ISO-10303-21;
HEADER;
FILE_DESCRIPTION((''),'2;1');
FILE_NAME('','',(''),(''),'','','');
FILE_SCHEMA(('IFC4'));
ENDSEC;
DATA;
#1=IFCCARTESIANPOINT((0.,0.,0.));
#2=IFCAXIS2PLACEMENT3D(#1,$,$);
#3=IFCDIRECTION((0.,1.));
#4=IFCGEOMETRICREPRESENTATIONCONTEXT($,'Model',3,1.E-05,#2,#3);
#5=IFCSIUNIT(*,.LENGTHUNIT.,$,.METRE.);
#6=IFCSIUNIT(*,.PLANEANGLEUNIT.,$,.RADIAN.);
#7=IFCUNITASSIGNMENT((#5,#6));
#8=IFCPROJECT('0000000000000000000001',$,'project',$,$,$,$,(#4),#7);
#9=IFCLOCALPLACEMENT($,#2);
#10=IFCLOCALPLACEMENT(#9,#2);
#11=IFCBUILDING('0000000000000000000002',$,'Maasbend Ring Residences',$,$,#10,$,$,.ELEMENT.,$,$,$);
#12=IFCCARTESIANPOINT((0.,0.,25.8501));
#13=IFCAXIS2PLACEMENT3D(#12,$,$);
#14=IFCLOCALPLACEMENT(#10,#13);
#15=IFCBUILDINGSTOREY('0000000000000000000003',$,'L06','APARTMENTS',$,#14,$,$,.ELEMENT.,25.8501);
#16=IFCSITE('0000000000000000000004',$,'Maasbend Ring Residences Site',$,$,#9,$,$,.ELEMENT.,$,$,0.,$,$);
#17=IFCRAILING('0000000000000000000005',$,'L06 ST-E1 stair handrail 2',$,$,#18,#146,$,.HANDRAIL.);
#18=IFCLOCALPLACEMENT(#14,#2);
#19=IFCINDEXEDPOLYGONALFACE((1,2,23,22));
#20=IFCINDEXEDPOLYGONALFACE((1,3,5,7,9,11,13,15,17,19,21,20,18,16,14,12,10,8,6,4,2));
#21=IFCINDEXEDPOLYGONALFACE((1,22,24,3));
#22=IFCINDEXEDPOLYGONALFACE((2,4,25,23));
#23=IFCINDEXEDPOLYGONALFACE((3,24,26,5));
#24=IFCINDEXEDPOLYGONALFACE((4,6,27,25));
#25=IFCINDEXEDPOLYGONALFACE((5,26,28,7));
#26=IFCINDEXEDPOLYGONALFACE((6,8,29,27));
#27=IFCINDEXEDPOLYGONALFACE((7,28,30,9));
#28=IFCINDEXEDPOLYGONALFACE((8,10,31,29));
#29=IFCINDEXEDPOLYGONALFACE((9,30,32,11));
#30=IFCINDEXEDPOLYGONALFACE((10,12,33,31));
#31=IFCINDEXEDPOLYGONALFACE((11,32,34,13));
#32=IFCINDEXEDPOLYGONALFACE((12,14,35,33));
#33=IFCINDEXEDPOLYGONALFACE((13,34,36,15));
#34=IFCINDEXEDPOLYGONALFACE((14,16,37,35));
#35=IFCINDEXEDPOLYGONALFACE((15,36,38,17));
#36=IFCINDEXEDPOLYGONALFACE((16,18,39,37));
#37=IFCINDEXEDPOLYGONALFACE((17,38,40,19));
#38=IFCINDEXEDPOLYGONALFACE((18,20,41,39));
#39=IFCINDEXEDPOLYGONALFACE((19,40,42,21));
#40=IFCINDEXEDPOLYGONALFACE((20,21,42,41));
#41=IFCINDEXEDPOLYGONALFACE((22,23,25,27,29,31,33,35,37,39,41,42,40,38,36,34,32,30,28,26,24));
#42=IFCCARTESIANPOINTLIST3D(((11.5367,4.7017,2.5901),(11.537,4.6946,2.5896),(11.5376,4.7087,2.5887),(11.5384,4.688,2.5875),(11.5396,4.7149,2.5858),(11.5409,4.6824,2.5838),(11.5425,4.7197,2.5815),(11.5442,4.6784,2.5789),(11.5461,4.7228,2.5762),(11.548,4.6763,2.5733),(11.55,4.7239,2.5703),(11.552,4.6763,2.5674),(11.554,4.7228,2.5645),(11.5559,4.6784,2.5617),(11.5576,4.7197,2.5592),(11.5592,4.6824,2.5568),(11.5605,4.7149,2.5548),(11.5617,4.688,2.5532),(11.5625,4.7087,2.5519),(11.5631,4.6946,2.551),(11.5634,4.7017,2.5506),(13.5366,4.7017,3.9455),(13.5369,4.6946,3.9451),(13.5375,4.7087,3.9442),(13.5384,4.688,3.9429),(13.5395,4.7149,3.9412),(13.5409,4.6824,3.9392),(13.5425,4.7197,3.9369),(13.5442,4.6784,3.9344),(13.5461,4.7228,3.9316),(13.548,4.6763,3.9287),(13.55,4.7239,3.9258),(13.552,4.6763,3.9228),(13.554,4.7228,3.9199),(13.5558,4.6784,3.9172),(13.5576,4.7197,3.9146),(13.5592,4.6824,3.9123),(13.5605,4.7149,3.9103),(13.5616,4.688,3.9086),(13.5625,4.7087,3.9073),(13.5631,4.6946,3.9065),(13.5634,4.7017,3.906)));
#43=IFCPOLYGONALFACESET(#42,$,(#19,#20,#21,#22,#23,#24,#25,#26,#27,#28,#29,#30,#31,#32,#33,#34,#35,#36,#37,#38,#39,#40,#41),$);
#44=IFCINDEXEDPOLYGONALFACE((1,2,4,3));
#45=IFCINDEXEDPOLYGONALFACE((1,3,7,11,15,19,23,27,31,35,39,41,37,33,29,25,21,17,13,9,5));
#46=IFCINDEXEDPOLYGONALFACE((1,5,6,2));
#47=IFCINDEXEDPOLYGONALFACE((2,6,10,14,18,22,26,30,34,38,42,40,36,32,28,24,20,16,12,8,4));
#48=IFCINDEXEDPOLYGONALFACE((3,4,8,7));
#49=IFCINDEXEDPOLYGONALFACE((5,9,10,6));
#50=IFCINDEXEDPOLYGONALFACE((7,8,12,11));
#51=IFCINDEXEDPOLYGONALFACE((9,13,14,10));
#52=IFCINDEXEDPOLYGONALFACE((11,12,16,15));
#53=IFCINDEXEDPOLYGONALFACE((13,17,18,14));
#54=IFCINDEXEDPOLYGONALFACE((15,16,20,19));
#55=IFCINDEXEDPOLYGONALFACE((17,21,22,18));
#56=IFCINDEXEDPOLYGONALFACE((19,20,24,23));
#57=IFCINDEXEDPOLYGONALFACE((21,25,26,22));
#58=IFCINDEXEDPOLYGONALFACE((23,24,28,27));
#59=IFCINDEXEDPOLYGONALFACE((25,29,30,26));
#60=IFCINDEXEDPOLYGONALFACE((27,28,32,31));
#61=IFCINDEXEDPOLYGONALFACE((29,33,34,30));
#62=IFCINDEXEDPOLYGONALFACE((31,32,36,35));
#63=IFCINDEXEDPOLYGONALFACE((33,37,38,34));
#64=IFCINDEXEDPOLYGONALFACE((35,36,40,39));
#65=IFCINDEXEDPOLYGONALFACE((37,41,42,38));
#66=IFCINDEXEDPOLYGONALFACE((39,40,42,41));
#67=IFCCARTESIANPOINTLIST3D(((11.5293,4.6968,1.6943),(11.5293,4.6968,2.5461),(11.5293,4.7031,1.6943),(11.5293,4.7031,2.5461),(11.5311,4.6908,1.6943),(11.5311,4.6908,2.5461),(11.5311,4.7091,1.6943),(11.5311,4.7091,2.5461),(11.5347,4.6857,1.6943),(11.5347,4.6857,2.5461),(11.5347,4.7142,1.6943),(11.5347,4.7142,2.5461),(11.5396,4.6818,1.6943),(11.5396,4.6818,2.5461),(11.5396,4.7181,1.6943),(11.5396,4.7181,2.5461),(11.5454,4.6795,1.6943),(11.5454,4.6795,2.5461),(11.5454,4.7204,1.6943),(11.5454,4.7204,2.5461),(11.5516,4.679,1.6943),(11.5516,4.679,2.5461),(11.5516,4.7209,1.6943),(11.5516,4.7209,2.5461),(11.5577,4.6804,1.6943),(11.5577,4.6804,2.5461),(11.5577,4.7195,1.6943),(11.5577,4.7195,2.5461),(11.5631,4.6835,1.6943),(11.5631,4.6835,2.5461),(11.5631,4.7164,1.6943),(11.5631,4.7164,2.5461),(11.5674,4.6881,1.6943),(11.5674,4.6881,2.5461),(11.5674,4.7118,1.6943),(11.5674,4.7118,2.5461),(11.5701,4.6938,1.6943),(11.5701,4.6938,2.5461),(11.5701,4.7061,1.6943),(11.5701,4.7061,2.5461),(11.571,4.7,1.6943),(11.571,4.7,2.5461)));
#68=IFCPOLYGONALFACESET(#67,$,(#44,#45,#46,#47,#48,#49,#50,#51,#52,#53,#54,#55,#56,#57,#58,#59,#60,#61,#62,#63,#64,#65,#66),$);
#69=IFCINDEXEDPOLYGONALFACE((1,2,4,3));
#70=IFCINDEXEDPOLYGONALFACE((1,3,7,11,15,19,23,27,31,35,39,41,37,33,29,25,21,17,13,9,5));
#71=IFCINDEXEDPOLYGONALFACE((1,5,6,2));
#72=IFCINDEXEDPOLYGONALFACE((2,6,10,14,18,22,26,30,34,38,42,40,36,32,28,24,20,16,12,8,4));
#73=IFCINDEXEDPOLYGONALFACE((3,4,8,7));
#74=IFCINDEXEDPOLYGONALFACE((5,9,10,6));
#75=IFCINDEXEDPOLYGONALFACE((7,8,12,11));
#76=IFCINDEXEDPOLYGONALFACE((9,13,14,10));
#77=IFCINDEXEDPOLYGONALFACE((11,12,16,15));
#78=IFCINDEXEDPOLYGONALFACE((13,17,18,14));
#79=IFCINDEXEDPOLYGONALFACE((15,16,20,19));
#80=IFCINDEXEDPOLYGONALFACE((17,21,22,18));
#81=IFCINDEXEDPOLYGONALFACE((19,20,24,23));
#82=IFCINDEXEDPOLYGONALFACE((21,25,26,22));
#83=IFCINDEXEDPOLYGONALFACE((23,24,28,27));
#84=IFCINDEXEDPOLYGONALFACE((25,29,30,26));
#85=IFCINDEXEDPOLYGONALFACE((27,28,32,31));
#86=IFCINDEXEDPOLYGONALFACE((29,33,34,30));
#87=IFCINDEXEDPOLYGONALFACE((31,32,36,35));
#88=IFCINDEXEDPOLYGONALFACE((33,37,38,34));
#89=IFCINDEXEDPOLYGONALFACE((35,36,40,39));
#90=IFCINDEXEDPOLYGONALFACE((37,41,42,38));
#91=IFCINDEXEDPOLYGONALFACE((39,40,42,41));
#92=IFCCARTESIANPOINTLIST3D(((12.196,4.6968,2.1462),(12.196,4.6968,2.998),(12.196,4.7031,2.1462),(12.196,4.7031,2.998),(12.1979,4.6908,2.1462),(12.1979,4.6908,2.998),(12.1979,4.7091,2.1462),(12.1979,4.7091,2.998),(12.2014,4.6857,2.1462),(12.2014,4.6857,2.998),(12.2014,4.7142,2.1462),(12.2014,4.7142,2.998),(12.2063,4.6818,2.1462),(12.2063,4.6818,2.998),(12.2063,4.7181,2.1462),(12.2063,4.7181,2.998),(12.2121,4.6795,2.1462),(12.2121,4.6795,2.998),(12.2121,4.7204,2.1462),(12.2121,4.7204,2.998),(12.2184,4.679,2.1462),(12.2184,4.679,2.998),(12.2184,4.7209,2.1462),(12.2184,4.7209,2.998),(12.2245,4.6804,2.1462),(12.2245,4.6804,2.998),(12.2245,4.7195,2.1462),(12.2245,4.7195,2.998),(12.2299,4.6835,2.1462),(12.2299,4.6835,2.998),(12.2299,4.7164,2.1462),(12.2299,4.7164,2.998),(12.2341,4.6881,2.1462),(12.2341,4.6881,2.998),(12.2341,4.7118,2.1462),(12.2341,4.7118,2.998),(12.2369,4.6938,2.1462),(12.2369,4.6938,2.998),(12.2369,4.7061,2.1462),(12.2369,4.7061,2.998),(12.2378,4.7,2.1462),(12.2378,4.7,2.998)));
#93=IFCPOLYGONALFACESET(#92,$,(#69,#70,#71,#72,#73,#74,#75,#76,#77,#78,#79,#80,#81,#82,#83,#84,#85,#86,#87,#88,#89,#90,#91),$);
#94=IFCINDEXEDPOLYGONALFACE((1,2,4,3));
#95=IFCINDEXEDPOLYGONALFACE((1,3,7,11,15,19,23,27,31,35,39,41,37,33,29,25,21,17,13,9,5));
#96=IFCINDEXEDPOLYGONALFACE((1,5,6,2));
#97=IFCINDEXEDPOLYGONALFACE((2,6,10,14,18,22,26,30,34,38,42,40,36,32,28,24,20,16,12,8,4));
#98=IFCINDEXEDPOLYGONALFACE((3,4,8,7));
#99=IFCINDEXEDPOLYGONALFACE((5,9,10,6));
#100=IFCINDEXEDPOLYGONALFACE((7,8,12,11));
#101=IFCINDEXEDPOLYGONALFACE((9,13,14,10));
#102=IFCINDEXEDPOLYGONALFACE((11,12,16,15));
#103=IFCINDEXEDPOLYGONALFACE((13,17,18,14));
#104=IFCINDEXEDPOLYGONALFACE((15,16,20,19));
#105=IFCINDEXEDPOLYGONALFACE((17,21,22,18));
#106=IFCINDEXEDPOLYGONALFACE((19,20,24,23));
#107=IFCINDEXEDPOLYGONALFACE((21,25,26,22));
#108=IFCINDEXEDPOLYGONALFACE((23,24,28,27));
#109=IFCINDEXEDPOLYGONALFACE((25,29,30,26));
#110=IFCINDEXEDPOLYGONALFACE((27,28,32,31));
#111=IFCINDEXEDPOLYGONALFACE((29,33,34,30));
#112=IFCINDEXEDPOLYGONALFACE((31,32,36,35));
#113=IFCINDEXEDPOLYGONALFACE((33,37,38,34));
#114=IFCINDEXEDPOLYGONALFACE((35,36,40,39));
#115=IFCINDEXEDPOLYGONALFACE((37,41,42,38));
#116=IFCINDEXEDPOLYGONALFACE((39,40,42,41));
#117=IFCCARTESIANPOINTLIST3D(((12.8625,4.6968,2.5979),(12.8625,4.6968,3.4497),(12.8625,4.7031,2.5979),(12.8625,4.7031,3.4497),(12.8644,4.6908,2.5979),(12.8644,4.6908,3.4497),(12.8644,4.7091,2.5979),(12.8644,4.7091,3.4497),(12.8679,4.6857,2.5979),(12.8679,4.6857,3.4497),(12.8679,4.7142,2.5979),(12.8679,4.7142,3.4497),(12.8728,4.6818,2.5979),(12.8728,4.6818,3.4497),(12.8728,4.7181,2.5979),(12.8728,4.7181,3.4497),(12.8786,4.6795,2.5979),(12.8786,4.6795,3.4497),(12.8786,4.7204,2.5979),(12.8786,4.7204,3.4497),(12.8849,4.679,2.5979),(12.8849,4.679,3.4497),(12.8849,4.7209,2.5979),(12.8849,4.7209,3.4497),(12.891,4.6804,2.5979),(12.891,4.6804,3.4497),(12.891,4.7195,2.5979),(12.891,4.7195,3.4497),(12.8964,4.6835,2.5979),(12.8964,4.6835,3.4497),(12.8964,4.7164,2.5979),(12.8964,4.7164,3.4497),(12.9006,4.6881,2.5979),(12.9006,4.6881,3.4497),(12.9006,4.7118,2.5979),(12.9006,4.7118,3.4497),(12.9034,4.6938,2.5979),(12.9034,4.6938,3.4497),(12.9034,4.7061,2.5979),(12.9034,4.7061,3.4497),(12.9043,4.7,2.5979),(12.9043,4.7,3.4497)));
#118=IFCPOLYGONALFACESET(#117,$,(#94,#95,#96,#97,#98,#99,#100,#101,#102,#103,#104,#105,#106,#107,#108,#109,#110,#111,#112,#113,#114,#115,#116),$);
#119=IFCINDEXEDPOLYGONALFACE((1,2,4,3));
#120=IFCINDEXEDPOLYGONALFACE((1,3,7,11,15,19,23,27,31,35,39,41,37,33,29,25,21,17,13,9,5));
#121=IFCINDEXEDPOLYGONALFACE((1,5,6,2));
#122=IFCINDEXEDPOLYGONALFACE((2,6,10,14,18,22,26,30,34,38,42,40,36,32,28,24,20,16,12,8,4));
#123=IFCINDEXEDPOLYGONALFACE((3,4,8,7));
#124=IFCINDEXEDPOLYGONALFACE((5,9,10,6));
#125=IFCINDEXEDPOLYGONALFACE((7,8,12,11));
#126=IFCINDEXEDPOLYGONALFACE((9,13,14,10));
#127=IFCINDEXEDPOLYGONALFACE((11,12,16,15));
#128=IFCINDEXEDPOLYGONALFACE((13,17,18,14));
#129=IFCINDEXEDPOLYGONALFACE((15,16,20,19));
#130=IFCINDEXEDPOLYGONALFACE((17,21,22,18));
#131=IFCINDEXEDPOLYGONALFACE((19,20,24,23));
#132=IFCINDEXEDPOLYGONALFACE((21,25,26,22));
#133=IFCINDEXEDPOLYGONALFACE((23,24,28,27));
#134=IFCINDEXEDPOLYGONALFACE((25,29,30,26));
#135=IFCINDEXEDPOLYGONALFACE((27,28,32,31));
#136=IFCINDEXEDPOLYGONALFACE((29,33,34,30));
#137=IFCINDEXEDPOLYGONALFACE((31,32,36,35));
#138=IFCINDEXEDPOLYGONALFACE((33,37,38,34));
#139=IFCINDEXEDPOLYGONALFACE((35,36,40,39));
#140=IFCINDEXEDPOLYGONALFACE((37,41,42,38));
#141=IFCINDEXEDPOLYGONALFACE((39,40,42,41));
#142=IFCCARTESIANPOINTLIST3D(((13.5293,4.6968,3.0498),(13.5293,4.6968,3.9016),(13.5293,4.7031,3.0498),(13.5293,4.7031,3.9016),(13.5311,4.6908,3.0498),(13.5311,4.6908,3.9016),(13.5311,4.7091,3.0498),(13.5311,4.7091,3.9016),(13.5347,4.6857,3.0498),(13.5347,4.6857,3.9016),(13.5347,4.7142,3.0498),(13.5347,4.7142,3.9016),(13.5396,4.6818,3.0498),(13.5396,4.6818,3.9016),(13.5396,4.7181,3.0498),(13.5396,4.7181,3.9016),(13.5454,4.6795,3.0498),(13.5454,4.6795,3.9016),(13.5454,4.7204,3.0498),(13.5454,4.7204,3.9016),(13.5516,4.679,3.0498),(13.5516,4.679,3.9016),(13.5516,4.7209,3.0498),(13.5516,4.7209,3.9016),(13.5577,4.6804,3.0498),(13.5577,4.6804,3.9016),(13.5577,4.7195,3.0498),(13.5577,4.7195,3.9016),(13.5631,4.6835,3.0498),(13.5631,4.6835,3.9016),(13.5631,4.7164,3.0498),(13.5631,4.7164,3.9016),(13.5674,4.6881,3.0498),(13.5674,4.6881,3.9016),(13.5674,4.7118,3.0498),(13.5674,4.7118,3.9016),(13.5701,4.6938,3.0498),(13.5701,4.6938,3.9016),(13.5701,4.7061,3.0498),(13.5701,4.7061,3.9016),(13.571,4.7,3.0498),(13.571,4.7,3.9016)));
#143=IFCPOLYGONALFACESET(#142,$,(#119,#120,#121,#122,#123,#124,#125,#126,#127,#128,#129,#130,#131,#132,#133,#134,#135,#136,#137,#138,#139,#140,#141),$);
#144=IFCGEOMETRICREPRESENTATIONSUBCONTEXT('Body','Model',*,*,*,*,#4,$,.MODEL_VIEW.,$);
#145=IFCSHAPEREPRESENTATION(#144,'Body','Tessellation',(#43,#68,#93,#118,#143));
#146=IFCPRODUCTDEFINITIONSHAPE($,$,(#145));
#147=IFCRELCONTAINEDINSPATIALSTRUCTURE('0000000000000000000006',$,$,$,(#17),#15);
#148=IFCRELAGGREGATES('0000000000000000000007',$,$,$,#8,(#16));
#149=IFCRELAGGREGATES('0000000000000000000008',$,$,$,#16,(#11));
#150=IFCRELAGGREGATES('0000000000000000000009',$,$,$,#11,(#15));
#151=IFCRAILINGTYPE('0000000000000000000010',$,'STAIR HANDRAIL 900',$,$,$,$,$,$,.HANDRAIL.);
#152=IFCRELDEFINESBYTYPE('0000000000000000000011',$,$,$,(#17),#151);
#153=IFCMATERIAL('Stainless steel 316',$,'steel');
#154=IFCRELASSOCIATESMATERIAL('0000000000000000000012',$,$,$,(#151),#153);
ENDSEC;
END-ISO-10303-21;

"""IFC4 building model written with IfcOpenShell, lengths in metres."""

from ifc_helpers import new_model, si_unit, direction, frame, origin, origin_2d, place, context, subcontext, project, spatial, circle, extrude, material, type_object, element, save


model = new_model("IFC4")

# Units and contexts
model_context = context("Model", 3, precision=1e-05, world=origin(), true_north=direction((0.0, 1.0)))
body_context = subcontext(model_context, "Body", "Model", "MODEL_VIEW")
ifc_project = project(units=[si_unit("LENGTHUNIT", "METRE"), si_unit("PLANEANGLEUNIT", "RADIAN")], contexts=[model_context])

# Site, building, storey
site_placement = place(None, origin())
site = spatial("IfcSite", under=ifc_project, at=site_placement, Name="Maasbend Ring Residences Site", CompositionType="ELEMENT", RefElevation=0.0)
building_placement = place(site_placement, origin())
building = spatial("IfcBuilding", under=site, at=building_placement, Name="Maasbend Ring Residences", CompositionType="ELEMENT")
storey_placement = place(building_placement, frame((0.0, 0.0, 25.8501)))
storey = spatial("IfcBuildingStorey", under=building, at=storey_placement, Name="L06", Description="APARTMENTS", CompositionType="ELEMENT", Elevation=25.8501)

# Railing
ifc_material_1 = material(Name="Stainless steel 316", Category="steel")
railing_type_1 = type_object("IfcRailingType", Name="STAIR HANDRAIL 900", PredefinedType="HANDRAIL", material=ifc_material_1)
railing_1_placement = place(storey_placement, frame((11.55, 4.7, 1.6943)))
element("IfcRailing", 1, at=railing_1_placement, inside=storey, type_object=railing_type_1, Name="L06 ST-E1 stair handrail 2", PredefinedType="HANDRAIL", context=body_context, shape_type="SweptSolid", body=[
    extrude(circle(Radius=0.0239, at=origin_2d()), frame((0.0, 0.0, 0.876), z_axis=(0.827798, 0.0, 0.561027), x_axis=(0.0, 1.0, 0.0)), (0.0, 0.0, 1.0), 2.416),
    extrude(circle(Radius=0.021, at=origin_2d()), origin(), (0.0, 0.0, 1.0), 0.8518),
    extrude(circle(Radius=0.021, at=origin_2d()), frame((0.6667, 0.0, 0.4519)), (0.0, 0.0, 1.0), 0.8518),
    extrude(circle(Radius=0.021, at=origin_2d()), frame((1.3333, 0.0, 0.9036)), (0.0, 0.0, 1.0), 0.8518),
    extrude(circle(Radius=0.021, at=origin_2d()), frame((2.0, 0.0, 1.3555)), (0.0, 0.0, 1.0), 0.8518),
])

save(model, "model.ifc")
